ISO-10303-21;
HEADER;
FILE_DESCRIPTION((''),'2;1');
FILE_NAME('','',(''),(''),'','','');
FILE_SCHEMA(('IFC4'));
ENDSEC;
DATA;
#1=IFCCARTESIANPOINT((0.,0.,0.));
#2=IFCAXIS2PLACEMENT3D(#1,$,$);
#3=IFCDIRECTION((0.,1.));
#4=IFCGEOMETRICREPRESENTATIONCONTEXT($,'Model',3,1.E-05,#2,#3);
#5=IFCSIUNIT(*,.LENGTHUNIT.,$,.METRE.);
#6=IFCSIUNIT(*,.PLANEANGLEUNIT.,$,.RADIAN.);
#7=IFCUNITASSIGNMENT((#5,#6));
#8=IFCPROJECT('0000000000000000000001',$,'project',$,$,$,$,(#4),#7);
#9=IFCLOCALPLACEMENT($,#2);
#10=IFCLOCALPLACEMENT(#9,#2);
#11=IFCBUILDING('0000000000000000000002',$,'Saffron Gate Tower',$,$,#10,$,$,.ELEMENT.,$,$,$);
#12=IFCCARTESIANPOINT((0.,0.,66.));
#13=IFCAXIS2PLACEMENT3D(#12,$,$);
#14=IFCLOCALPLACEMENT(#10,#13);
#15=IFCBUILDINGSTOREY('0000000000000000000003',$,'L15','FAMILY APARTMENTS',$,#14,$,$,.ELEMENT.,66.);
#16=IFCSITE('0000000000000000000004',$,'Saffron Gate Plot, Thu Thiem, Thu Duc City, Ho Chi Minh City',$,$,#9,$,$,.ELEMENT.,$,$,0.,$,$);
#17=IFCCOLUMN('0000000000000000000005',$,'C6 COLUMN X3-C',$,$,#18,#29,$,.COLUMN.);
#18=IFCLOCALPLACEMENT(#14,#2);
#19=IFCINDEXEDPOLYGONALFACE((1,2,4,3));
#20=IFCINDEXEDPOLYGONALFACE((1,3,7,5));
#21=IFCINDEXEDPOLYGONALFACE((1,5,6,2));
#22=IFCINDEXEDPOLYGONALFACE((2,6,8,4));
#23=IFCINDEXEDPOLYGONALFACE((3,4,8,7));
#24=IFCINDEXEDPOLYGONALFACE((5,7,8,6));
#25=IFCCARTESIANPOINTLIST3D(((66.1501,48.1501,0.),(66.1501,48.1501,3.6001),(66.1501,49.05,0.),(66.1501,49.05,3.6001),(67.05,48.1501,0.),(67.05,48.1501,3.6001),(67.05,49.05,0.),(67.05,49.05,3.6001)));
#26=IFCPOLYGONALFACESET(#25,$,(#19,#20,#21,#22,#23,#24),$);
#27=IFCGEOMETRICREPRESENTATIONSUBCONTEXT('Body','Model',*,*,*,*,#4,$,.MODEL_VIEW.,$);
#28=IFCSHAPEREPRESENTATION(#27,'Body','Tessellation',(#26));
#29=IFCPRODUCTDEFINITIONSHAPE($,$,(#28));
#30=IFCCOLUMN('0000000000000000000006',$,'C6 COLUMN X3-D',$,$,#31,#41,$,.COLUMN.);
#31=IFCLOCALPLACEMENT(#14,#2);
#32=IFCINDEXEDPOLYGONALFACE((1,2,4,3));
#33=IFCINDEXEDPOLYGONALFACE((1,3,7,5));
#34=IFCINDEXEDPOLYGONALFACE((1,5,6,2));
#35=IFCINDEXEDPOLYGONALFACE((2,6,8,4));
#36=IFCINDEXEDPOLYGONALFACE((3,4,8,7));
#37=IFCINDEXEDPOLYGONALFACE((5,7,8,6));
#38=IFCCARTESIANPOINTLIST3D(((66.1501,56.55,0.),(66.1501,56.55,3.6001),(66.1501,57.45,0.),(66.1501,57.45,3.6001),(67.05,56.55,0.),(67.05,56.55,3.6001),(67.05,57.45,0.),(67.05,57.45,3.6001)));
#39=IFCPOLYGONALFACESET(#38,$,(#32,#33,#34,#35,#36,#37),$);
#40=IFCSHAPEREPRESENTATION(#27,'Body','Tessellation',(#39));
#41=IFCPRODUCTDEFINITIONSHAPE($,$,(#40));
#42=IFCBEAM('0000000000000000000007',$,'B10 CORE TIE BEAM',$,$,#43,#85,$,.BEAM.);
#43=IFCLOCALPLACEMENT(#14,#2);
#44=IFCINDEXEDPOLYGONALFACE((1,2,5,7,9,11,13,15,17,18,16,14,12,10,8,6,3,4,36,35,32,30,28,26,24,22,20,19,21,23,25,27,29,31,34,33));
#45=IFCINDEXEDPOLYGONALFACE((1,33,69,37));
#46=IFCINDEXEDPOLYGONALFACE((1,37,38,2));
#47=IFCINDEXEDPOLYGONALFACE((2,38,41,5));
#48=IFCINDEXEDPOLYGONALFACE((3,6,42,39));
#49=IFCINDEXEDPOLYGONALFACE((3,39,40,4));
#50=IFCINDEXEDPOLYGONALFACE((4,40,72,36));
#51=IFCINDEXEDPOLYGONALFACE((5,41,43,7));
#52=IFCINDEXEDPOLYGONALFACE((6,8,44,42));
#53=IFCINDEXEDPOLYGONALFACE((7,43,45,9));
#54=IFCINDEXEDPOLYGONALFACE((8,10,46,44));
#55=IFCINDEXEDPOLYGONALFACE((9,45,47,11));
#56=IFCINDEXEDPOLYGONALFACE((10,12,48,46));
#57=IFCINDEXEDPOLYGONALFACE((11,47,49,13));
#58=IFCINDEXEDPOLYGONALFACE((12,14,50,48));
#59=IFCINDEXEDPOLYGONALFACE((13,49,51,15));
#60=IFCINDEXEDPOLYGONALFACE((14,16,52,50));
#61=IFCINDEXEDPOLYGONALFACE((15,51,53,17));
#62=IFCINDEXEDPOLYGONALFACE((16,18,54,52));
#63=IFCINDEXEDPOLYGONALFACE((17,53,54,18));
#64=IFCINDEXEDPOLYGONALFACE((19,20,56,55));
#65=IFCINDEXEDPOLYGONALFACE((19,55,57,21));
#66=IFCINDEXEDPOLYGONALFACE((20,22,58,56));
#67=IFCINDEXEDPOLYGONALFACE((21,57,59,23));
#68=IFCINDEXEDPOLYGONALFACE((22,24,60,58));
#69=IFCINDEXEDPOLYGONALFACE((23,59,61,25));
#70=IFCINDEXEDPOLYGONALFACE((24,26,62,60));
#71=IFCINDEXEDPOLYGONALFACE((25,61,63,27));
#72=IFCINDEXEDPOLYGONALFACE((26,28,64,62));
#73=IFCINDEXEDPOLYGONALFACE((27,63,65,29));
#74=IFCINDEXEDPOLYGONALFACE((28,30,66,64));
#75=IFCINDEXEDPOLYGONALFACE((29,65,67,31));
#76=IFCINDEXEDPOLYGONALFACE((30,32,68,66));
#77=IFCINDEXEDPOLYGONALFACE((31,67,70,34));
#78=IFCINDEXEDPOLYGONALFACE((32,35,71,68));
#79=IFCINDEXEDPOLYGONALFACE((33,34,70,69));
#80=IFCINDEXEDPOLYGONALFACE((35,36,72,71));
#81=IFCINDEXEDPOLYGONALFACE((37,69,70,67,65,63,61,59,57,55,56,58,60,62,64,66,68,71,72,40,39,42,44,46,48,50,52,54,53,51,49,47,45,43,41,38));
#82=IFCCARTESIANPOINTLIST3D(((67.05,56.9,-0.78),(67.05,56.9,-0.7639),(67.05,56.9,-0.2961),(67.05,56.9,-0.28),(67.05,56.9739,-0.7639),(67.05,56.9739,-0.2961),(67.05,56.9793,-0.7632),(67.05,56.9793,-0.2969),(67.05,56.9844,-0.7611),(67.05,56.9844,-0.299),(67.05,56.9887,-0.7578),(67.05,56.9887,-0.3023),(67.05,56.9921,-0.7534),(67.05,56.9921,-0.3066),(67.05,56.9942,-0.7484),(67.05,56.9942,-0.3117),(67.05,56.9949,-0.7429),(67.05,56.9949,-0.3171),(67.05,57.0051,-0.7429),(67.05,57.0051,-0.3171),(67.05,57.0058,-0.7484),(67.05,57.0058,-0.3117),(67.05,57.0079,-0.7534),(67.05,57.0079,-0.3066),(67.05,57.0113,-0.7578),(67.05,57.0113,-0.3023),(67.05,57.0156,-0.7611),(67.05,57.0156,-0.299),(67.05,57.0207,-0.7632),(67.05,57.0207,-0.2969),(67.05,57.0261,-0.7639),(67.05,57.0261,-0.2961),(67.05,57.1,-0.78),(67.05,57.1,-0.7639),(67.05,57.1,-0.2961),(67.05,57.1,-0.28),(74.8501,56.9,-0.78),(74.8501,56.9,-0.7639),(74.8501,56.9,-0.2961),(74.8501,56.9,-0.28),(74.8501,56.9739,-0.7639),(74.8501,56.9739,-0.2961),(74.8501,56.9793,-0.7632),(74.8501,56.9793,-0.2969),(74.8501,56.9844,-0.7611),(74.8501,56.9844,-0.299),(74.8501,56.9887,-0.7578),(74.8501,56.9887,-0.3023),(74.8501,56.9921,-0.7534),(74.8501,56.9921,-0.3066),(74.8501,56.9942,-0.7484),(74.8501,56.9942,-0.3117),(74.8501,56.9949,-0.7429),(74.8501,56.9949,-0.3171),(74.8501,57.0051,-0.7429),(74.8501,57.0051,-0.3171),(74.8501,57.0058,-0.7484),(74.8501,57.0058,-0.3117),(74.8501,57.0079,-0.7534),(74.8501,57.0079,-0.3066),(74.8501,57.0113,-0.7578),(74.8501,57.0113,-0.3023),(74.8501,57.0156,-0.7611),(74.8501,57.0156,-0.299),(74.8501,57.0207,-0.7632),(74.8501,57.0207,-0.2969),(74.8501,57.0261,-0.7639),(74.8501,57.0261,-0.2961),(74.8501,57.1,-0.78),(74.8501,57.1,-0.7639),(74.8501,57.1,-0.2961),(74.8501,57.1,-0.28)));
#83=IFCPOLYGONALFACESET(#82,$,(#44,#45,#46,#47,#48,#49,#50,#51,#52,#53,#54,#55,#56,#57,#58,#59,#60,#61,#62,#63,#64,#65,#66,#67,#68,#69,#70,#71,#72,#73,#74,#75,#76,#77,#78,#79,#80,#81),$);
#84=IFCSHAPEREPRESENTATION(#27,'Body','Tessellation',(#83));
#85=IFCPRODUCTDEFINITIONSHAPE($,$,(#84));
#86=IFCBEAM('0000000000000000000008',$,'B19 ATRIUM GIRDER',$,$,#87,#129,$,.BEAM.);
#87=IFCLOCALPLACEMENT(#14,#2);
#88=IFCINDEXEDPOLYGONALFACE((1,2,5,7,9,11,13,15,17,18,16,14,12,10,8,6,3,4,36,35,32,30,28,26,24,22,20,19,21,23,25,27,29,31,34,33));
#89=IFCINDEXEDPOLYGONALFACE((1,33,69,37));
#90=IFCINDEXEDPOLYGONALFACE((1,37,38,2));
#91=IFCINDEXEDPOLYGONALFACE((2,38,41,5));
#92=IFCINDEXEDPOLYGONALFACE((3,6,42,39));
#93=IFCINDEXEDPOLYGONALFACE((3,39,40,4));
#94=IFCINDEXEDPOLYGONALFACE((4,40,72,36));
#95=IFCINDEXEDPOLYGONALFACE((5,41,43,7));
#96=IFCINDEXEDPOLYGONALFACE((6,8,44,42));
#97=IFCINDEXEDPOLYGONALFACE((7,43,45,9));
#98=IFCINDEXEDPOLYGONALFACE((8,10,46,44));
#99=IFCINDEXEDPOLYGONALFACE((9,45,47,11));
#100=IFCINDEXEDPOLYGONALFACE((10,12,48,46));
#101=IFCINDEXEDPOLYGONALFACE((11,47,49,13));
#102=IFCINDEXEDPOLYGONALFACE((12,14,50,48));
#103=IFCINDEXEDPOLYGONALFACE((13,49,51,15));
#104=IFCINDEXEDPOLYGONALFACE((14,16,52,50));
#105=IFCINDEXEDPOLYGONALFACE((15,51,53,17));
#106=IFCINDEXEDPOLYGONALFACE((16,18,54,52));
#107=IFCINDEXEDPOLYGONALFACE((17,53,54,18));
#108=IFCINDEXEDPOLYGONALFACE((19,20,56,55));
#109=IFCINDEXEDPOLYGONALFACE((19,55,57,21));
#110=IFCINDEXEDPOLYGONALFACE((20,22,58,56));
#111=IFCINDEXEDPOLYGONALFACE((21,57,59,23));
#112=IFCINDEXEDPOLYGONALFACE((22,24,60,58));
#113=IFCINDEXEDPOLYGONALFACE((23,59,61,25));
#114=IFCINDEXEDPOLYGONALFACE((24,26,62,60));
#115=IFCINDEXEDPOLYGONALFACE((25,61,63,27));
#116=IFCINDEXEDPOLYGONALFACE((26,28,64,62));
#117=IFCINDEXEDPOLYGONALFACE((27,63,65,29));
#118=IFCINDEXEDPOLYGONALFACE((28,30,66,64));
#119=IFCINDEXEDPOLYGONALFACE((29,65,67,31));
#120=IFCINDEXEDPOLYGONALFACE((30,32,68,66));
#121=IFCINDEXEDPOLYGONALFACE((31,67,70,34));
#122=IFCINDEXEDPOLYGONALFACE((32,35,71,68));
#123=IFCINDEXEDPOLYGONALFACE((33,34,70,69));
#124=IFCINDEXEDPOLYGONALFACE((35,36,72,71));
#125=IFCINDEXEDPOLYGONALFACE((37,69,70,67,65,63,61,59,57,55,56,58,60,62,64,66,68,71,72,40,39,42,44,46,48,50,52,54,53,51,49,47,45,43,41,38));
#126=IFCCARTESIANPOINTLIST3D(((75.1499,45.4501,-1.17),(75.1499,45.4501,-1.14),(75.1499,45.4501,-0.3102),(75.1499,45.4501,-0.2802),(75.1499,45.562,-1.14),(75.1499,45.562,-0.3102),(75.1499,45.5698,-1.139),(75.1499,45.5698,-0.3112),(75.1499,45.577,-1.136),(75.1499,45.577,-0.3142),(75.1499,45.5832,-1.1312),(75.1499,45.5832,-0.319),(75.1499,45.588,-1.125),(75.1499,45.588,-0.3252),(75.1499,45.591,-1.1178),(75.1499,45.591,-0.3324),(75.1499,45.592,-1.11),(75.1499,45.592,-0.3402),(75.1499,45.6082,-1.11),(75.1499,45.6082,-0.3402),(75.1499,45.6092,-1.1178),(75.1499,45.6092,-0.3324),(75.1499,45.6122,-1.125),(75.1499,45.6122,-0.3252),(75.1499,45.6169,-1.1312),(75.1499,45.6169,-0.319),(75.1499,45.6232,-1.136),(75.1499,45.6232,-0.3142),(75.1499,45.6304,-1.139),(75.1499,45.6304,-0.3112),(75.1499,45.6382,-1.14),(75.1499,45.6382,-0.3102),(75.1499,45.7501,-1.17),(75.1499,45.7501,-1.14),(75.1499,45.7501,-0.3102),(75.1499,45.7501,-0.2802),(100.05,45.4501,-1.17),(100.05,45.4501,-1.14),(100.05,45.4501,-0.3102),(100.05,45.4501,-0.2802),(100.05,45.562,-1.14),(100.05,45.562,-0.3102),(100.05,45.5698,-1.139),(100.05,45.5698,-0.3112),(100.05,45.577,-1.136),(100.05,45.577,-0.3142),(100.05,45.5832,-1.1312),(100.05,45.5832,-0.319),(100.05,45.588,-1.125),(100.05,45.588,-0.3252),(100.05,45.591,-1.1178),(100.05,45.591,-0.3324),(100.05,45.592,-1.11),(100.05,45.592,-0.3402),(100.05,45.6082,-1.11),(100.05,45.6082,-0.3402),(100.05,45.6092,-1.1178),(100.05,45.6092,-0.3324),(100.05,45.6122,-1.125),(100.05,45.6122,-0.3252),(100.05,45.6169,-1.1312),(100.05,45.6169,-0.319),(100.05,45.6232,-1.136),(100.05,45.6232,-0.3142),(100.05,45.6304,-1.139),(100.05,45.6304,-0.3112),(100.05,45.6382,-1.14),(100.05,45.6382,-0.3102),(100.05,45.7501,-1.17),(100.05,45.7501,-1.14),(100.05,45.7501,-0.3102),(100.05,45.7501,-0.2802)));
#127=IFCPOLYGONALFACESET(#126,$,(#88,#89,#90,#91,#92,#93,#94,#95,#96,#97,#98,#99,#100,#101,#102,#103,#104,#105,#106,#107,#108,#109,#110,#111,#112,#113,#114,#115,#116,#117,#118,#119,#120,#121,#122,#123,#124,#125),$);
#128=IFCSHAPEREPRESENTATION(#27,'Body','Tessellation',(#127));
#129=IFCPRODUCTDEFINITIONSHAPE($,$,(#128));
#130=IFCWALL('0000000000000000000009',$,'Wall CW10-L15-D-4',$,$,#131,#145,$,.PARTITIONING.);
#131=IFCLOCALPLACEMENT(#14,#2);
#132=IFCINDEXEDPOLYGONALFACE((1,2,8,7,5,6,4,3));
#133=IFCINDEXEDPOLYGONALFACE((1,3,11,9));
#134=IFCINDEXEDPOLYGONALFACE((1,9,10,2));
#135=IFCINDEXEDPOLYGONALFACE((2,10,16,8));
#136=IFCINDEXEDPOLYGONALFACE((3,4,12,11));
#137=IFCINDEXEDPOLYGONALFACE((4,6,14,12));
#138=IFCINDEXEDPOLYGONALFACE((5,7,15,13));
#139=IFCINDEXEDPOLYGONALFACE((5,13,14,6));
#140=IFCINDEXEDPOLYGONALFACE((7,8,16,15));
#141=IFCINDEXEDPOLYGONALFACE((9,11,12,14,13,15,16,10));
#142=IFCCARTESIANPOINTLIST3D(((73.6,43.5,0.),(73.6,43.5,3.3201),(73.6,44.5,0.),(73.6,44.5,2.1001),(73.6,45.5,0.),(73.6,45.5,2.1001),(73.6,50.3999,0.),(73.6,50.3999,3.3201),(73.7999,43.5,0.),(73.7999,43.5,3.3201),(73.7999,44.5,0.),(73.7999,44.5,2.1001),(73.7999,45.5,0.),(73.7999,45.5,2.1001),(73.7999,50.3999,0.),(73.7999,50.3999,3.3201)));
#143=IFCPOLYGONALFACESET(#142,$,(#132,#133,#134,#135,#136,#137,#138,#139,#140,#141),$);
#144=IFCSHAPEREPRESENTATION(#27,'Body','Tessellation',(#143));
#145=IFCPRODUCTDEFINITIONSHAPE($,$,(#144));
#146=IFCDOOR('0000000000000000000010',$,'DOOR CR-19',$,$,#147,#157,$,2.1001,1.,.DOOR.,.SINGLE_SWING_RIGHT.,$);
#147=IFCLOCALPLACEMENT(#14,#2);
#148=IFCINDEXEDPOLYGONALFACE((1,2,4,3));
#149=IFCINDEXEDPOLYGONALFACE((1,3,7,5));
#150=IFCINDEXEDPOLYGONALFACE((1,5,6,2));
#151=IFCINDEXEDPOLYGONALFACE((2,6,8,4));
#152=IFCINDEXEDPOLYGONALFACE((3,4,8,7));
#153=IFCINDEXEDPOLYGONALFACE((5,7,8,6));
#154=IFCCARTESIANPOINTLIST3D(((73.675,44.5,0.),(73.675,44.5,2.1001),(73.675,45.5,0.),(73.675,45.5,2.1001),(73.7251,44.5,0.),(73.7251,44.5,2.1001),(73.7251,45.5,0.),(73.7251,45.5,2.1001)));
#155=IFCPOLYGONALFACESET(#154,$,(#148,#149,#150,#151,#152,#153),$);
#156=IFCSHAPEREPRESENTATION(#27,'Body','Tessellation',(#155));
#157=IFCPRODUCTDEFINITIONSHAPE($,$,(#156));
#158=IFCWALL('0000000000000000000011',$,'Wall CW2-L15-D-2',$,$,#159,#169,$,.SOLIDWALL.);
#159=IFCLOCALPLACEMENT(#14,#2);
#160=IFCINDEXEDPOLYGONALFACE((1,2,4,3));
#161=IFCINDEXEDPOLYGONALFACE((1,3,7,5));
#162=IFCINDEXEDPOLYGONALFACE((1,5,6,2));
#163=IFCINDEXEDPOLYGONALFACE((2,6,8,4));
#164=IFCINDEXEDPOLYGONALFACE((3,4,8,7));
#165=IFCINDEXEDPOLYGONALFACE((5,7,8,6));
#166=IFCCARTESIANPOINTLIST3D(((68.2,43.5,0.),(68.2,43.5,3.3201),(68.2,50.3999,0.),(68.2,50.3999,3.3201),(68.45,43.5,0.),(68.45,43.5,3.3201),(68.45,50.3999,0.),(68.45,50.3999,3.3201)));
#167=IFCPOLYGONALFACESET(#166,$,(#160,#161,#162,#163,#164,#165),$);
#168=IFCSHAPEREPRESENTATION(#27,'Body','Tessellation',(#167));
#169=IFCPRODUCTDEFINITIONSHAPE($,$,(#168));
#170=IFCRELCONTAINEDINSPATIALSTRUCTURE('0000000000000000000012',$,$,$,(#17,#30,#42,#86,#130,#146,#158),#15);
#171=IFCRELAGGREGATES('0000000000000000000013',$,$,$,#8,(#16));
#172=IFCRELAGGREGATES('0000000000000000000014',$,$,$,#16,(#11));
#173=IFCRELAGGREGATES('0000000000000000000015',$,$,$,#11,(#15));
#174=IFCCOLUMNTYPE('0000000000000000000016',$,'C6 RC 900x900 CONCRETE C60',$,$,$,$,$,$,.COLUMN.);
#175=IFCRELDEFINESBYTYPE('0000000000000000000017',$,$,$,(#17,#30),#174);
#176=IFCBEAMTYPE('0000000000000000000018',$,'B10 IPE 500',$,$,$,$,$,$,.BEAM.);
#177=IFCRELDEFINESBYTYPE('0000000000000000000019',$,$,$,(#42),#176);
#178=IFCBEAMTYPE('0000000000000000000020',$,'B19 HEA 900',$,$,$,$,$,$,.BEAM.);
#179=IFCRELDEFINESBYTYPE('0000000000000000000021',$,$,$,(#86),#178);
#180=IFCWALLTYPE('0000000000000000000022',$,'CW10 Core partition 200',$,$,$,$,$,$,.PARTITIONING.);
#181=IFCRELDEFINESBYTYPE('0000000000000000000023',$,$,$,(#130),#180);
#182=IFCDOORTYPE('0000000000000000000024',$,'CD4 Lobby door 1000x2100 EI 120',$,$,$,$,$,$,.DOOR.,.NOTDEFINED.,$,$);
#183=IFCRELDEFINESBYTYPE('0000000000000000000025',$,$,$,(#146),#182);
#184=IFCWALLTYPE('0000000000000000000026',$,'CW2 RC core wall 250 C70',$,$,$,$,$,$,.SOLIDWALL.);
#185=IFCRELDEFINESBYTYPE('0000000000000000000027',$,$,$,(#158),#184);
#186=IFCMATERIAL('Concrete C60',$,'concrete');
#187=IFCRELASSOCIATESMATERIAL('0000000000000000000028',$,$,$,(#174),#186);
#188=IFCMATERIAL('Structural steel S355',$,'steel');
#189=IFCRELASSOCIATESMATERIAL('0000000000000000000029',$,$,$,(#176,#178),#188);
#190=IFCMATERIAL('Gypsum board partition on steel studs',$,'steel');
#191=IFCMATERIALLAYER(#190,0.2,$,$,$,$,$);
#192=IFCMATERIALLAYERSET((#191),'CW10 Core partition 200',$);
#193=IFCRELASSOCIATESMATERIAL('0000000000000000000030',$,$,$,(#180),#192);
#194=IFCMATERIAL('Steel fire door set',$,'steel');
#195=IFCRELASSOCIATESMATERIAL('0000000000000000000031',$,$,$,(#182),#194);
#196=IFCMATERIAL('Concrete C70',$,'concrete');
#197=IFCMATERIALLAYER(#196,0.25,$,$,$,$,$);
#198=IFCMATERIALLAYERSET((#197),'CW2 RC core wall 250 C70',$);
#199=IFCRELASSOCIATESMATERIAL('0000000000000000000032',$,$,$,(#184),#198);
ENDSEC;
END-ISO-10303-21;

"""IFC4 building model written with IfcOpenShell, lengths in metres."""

from ifc_helpers import new_model, si_unit, direction, frame, frame_2d, origin, origin_2d, place, context, subcontext, project, spatial, rectangle, i_section, extrude, material, layer, layer_set, material_profile, profile_set, type_object, element, fill, save


model = new_model("IFC4")

# Units and contexts
model_context = context("Model", 3, precision=1e-05, world=origin(), true_north=direction((0.0, 1.0)))
body_context = subcontext(model_context, "Body", "Model", "MODEL_VIEW")
ifc_project = project(units=[si_unit("LENGTHUNIT", "METRE"), si_unit("PLANEANGLEUNIT", "RADIAN")], contexts=[model_context])

# Site, building, storey
site_placement = place(None, origin())
site = spatial("IfcSite", under=ifc_project, at=site_placement, Name="Saffron Gate Plot, Thu Thiem, Thu Duc City, Ho Chi Minh City", CompositionType="ELEMENT", RefElevation=0.0)
building_placement = place(site_placement, origin())
building = spatial("IfcBuilding", under=site, at=building_placement, Name="Saffron Gate Tower", CompositionType="ELEMENT")
storey_placement = place(building_placement, frame((0.0, 0.0, 66.0)))
storey = spatial("IfcBuildingStorey", under=building, at=storey_placement, Name="L15", Description="FAMILY APARTMENTS", CompositionType="ELEMENT", Elevation=66.0)

# Columns
ifc_material_1 = material(Name="Concrete C60", Category="concrete")
ifc_material_profile_1 = material_profile(ifc_material_1, rectangle(XDim=0.8999, YDim=0.8999, at=origin_2d()))
ifc_profile_set_1 = profile_set([ifc_material_profile_1], Name="Concrete C60")
column_type = type_object("IfcColumnType", Name="C6 RC 900x900 CONCRETE C60", PredefinedType="COLUMN", material=ifc_profile_set_1)
for number, where, z_axis, x_axis, name in (
    (1, (66.6001, 48.6001, 0.0), (0.0, 0.0, 1.0), (1.0, 0.0, 0.0), "C6 COLUMN X3-C"),
    (2, (66.6001, 57.0, 0.0), (0.0, 0.0, 1.0), (1.0, 0.0, 0.0), "C6 COLUMN X3-D"),
):
    element("IfcColumn", number, at=place(storey_placement, frame(where, z_axis=z_axis, x_axis=x_axis)), inside=storey, type_object=column_type, Name=name, PredefinedType="COLUMN", context=body_context, shape_type="SweptSolid", body=[
        extrude(rectangle(XDim=0.8999, YDim=0.8999, at=origin_2d()), origin(), (0.0, 0.0, 1.0), 3.6001),
    ])

# Beams
ifc_material_2 = material(Name="Structural steel S355", Category="steel")
ifc_material_profile_2 = material_profile(ifc_material_2, i_section(OverallWidth=0.2, OverallDepth=0.5, WebThickness=0.0103, FlangeThickness=0.0161, FilletRadius=0.021, at=origin_2d()))
ifc_profile_set_2 = profile_set([ifc_material_profile_2], Name="Structural steel S355")
beam_type_1 = type_object("IfcBeamType", Name="B10 IPE 500", PredefinedType="BEAM", material=ifc_profile_set_2)
beam_1_placement = place(storey_placement, frame((67.05, 57.0, -0.53), z_axis=(1.0, 0.0, 0.0), x_axis=(0.0, 1.0, 0.0)))
element("IfcBeam", 3, at=beam_1_placement, inside=storey, type_object=beam_type_1, Name="B10 CORE TIE BEAM", PredefinedType="BEAM", context=body_context, shape_type="SweptSolid", body=[
    extrude(i_section(OverallWidth=0.2, OverallDepth=0.5, WebThickness=0.0103, FlangeThickness=0.0161, FilletRadius=0.021, at=origin_2d()), origin(), (0.0, 0.0, 1.0), 7.8),
])
ifc_material_profile_3 = material_profile(ifc_material_2, i_section(OverallWidth=0.3, OverallDepth=0.8899, WebThickness=0.0161, FlangeThickness=0.03, FilletRadius=0.03, at=origin_2d()))
ifc_profile_set_3 = profile_set([ifc_material_profile_3], Name="Structural steel S355")
beam_type_2 = type_object("IfcBeamType", Name="B19 HEA 900", PredefinedType="BEAM", material=ifc_profile_set_3)
beam_2_placement = place(storey_placement, frame((75.1499, 45.6001, -0.7251), z_axis=(1.0, 0.0, 0.0), x_axis=(0.0, 1.0, 0.0)))
element("IfcBeam", 4, at=beam_2_placement, inside=storey, type_object=beam_type_2, Name="B19 ATRIUM GIRDER", PredefinedType="BEAM", context=body_context, shape_type="SweptSolid", body=[
    extrude(i_section(OverallWidth=0.3, OverallDepth=0.8899, WebThickness=0.0161, FlangeThickness=0.03, FilletRadius=0.03, at=origin_2d()), origin(), (0.0, 0.0, 1.0), 24.9001),
])

# Wall, opening, door
ifc_material_3 = material(Name="Gypsum board partition on steel studs", Category="steel")
ifc_layer_1 = layer(ifc_material_3, 0.2)
ifc_layer_set_1 = layer_set([ifc_layer_1], Name="CW10 Core partition 200")
wall_type_1 = type_object("IfcWallType", Name="CW10 Core partition 200", PredefinedType="PARTITIONING", material=ifc_layer_set_1)
wall_1_placement = place(storey_placement, frame((73.7, 43.5, 0.0), z_axis=(0.0, 0.0, 1.0), x_axis=(0.0, 1.0, 0.0)))
wall_1 = element("IfcWall", 5, at=wall_1_placement, inside=storey, type_object=wall_type_1, Name="Wall CW10-L15-D-4", PredefinedType="PARTITIONING", context=body_context, shape_type="SweptSolid", body=[
    extrude(rectangle(XDim=6.8999, YDim=0.2, at=frame_2d((3.45, 0.0))), origin(), (0.0, 0.0, 1.0), 3.3201),
])
opening_1_placement = place(wall_1_placement, frame((1.0, 0.0, 0.0)))
opening_1 = element("IfcOpeningElement", 6, at=opening_1_placement, cuts=wall_1, PredefinedType="OPENING", context=body_context, shape_type="SweptSolid", body=[
    extrude(rectangle(XDim=1.0, YDim=2.1001, at=frame_2d((0.5, 1.05))), frame((0.0, 0.1099, 0.0), z_axis=(0.0, -1.0, 0.0), x_axis=(1.0, 0.0, 0.0)), (0.0, 0.0, 1.0), 0.22),
])
ifc_material_4 = material(Name="Steel fire door set", Category="steel")
door_type_1 = type_object("IfcDoorType", Name="CD4 Lobby door 1000x2100 EI 120", OperationType="NOTDEFINED", PredefinedType="DOOR", material=ifc_material_4)
door_1_placement = place(opening_1_placement, origin())
door_1 = element("IfcDoor", 7, at=door_1_placement, inside=storey, type_object=door_type_1, Name="DOOR CR-19", OperationType="SINGLE_SWING_RIGHT", OverallHeight=2.1001, OverallWidth=1.0, PredefinedType="DOOR", context=body_context, shape_type="SweptSolid", body=[
    extrude(rectangle(XDim=1.0, YDim=2.1001, at=frame_2d((0.5, 1.05))), frame((0.0, 0.0249, 0.0), z_axis=(0.0, -1.0, 0.0), x_axis=(1.0, 0.0, 0.0)), (0.0, 0.0, 1.0), 0.05),
])
fill(opening_1, door_1)

# Wall
ifc_material_5 = material(Name="Concrete C70", Category="concrete")
ifc_layer_2 = layer(ifc_material_5, 0.25)
ifc_layer_set_2 = layer_set([ifc_layer_2], Name="CW2 RC core wall 250 C70")
wall_type_2 = type_object("IfcWallType", Name="CW2 RC core wall 250 C70", PredefinedType="SOLIDWALL", material=ifc_layer_set_2)
wall_2_placement = place(storey_placement, frame((68.325, 43.5, 0.0), z_axis=(0.0, 0.0, 1.0), x_axis=(0.0, 1.0, 0.0)))
element("IfcWall", 8, at=wall_2_placement, inside=storey, type_object=wall_type_2, Name="Wall CW2-L15-D-2", PredefinedType="SOLIDWALL", context=body_context, shape_type="SweptSolid", body=[
    extrude(rectangle(XDim=6.8999, YDim=0.25, at=frame_2d((3.45, 0.0))), origin(), (0.0, 0.0, 1.0), 3.3201),
])

save(model, "model.ifc")
